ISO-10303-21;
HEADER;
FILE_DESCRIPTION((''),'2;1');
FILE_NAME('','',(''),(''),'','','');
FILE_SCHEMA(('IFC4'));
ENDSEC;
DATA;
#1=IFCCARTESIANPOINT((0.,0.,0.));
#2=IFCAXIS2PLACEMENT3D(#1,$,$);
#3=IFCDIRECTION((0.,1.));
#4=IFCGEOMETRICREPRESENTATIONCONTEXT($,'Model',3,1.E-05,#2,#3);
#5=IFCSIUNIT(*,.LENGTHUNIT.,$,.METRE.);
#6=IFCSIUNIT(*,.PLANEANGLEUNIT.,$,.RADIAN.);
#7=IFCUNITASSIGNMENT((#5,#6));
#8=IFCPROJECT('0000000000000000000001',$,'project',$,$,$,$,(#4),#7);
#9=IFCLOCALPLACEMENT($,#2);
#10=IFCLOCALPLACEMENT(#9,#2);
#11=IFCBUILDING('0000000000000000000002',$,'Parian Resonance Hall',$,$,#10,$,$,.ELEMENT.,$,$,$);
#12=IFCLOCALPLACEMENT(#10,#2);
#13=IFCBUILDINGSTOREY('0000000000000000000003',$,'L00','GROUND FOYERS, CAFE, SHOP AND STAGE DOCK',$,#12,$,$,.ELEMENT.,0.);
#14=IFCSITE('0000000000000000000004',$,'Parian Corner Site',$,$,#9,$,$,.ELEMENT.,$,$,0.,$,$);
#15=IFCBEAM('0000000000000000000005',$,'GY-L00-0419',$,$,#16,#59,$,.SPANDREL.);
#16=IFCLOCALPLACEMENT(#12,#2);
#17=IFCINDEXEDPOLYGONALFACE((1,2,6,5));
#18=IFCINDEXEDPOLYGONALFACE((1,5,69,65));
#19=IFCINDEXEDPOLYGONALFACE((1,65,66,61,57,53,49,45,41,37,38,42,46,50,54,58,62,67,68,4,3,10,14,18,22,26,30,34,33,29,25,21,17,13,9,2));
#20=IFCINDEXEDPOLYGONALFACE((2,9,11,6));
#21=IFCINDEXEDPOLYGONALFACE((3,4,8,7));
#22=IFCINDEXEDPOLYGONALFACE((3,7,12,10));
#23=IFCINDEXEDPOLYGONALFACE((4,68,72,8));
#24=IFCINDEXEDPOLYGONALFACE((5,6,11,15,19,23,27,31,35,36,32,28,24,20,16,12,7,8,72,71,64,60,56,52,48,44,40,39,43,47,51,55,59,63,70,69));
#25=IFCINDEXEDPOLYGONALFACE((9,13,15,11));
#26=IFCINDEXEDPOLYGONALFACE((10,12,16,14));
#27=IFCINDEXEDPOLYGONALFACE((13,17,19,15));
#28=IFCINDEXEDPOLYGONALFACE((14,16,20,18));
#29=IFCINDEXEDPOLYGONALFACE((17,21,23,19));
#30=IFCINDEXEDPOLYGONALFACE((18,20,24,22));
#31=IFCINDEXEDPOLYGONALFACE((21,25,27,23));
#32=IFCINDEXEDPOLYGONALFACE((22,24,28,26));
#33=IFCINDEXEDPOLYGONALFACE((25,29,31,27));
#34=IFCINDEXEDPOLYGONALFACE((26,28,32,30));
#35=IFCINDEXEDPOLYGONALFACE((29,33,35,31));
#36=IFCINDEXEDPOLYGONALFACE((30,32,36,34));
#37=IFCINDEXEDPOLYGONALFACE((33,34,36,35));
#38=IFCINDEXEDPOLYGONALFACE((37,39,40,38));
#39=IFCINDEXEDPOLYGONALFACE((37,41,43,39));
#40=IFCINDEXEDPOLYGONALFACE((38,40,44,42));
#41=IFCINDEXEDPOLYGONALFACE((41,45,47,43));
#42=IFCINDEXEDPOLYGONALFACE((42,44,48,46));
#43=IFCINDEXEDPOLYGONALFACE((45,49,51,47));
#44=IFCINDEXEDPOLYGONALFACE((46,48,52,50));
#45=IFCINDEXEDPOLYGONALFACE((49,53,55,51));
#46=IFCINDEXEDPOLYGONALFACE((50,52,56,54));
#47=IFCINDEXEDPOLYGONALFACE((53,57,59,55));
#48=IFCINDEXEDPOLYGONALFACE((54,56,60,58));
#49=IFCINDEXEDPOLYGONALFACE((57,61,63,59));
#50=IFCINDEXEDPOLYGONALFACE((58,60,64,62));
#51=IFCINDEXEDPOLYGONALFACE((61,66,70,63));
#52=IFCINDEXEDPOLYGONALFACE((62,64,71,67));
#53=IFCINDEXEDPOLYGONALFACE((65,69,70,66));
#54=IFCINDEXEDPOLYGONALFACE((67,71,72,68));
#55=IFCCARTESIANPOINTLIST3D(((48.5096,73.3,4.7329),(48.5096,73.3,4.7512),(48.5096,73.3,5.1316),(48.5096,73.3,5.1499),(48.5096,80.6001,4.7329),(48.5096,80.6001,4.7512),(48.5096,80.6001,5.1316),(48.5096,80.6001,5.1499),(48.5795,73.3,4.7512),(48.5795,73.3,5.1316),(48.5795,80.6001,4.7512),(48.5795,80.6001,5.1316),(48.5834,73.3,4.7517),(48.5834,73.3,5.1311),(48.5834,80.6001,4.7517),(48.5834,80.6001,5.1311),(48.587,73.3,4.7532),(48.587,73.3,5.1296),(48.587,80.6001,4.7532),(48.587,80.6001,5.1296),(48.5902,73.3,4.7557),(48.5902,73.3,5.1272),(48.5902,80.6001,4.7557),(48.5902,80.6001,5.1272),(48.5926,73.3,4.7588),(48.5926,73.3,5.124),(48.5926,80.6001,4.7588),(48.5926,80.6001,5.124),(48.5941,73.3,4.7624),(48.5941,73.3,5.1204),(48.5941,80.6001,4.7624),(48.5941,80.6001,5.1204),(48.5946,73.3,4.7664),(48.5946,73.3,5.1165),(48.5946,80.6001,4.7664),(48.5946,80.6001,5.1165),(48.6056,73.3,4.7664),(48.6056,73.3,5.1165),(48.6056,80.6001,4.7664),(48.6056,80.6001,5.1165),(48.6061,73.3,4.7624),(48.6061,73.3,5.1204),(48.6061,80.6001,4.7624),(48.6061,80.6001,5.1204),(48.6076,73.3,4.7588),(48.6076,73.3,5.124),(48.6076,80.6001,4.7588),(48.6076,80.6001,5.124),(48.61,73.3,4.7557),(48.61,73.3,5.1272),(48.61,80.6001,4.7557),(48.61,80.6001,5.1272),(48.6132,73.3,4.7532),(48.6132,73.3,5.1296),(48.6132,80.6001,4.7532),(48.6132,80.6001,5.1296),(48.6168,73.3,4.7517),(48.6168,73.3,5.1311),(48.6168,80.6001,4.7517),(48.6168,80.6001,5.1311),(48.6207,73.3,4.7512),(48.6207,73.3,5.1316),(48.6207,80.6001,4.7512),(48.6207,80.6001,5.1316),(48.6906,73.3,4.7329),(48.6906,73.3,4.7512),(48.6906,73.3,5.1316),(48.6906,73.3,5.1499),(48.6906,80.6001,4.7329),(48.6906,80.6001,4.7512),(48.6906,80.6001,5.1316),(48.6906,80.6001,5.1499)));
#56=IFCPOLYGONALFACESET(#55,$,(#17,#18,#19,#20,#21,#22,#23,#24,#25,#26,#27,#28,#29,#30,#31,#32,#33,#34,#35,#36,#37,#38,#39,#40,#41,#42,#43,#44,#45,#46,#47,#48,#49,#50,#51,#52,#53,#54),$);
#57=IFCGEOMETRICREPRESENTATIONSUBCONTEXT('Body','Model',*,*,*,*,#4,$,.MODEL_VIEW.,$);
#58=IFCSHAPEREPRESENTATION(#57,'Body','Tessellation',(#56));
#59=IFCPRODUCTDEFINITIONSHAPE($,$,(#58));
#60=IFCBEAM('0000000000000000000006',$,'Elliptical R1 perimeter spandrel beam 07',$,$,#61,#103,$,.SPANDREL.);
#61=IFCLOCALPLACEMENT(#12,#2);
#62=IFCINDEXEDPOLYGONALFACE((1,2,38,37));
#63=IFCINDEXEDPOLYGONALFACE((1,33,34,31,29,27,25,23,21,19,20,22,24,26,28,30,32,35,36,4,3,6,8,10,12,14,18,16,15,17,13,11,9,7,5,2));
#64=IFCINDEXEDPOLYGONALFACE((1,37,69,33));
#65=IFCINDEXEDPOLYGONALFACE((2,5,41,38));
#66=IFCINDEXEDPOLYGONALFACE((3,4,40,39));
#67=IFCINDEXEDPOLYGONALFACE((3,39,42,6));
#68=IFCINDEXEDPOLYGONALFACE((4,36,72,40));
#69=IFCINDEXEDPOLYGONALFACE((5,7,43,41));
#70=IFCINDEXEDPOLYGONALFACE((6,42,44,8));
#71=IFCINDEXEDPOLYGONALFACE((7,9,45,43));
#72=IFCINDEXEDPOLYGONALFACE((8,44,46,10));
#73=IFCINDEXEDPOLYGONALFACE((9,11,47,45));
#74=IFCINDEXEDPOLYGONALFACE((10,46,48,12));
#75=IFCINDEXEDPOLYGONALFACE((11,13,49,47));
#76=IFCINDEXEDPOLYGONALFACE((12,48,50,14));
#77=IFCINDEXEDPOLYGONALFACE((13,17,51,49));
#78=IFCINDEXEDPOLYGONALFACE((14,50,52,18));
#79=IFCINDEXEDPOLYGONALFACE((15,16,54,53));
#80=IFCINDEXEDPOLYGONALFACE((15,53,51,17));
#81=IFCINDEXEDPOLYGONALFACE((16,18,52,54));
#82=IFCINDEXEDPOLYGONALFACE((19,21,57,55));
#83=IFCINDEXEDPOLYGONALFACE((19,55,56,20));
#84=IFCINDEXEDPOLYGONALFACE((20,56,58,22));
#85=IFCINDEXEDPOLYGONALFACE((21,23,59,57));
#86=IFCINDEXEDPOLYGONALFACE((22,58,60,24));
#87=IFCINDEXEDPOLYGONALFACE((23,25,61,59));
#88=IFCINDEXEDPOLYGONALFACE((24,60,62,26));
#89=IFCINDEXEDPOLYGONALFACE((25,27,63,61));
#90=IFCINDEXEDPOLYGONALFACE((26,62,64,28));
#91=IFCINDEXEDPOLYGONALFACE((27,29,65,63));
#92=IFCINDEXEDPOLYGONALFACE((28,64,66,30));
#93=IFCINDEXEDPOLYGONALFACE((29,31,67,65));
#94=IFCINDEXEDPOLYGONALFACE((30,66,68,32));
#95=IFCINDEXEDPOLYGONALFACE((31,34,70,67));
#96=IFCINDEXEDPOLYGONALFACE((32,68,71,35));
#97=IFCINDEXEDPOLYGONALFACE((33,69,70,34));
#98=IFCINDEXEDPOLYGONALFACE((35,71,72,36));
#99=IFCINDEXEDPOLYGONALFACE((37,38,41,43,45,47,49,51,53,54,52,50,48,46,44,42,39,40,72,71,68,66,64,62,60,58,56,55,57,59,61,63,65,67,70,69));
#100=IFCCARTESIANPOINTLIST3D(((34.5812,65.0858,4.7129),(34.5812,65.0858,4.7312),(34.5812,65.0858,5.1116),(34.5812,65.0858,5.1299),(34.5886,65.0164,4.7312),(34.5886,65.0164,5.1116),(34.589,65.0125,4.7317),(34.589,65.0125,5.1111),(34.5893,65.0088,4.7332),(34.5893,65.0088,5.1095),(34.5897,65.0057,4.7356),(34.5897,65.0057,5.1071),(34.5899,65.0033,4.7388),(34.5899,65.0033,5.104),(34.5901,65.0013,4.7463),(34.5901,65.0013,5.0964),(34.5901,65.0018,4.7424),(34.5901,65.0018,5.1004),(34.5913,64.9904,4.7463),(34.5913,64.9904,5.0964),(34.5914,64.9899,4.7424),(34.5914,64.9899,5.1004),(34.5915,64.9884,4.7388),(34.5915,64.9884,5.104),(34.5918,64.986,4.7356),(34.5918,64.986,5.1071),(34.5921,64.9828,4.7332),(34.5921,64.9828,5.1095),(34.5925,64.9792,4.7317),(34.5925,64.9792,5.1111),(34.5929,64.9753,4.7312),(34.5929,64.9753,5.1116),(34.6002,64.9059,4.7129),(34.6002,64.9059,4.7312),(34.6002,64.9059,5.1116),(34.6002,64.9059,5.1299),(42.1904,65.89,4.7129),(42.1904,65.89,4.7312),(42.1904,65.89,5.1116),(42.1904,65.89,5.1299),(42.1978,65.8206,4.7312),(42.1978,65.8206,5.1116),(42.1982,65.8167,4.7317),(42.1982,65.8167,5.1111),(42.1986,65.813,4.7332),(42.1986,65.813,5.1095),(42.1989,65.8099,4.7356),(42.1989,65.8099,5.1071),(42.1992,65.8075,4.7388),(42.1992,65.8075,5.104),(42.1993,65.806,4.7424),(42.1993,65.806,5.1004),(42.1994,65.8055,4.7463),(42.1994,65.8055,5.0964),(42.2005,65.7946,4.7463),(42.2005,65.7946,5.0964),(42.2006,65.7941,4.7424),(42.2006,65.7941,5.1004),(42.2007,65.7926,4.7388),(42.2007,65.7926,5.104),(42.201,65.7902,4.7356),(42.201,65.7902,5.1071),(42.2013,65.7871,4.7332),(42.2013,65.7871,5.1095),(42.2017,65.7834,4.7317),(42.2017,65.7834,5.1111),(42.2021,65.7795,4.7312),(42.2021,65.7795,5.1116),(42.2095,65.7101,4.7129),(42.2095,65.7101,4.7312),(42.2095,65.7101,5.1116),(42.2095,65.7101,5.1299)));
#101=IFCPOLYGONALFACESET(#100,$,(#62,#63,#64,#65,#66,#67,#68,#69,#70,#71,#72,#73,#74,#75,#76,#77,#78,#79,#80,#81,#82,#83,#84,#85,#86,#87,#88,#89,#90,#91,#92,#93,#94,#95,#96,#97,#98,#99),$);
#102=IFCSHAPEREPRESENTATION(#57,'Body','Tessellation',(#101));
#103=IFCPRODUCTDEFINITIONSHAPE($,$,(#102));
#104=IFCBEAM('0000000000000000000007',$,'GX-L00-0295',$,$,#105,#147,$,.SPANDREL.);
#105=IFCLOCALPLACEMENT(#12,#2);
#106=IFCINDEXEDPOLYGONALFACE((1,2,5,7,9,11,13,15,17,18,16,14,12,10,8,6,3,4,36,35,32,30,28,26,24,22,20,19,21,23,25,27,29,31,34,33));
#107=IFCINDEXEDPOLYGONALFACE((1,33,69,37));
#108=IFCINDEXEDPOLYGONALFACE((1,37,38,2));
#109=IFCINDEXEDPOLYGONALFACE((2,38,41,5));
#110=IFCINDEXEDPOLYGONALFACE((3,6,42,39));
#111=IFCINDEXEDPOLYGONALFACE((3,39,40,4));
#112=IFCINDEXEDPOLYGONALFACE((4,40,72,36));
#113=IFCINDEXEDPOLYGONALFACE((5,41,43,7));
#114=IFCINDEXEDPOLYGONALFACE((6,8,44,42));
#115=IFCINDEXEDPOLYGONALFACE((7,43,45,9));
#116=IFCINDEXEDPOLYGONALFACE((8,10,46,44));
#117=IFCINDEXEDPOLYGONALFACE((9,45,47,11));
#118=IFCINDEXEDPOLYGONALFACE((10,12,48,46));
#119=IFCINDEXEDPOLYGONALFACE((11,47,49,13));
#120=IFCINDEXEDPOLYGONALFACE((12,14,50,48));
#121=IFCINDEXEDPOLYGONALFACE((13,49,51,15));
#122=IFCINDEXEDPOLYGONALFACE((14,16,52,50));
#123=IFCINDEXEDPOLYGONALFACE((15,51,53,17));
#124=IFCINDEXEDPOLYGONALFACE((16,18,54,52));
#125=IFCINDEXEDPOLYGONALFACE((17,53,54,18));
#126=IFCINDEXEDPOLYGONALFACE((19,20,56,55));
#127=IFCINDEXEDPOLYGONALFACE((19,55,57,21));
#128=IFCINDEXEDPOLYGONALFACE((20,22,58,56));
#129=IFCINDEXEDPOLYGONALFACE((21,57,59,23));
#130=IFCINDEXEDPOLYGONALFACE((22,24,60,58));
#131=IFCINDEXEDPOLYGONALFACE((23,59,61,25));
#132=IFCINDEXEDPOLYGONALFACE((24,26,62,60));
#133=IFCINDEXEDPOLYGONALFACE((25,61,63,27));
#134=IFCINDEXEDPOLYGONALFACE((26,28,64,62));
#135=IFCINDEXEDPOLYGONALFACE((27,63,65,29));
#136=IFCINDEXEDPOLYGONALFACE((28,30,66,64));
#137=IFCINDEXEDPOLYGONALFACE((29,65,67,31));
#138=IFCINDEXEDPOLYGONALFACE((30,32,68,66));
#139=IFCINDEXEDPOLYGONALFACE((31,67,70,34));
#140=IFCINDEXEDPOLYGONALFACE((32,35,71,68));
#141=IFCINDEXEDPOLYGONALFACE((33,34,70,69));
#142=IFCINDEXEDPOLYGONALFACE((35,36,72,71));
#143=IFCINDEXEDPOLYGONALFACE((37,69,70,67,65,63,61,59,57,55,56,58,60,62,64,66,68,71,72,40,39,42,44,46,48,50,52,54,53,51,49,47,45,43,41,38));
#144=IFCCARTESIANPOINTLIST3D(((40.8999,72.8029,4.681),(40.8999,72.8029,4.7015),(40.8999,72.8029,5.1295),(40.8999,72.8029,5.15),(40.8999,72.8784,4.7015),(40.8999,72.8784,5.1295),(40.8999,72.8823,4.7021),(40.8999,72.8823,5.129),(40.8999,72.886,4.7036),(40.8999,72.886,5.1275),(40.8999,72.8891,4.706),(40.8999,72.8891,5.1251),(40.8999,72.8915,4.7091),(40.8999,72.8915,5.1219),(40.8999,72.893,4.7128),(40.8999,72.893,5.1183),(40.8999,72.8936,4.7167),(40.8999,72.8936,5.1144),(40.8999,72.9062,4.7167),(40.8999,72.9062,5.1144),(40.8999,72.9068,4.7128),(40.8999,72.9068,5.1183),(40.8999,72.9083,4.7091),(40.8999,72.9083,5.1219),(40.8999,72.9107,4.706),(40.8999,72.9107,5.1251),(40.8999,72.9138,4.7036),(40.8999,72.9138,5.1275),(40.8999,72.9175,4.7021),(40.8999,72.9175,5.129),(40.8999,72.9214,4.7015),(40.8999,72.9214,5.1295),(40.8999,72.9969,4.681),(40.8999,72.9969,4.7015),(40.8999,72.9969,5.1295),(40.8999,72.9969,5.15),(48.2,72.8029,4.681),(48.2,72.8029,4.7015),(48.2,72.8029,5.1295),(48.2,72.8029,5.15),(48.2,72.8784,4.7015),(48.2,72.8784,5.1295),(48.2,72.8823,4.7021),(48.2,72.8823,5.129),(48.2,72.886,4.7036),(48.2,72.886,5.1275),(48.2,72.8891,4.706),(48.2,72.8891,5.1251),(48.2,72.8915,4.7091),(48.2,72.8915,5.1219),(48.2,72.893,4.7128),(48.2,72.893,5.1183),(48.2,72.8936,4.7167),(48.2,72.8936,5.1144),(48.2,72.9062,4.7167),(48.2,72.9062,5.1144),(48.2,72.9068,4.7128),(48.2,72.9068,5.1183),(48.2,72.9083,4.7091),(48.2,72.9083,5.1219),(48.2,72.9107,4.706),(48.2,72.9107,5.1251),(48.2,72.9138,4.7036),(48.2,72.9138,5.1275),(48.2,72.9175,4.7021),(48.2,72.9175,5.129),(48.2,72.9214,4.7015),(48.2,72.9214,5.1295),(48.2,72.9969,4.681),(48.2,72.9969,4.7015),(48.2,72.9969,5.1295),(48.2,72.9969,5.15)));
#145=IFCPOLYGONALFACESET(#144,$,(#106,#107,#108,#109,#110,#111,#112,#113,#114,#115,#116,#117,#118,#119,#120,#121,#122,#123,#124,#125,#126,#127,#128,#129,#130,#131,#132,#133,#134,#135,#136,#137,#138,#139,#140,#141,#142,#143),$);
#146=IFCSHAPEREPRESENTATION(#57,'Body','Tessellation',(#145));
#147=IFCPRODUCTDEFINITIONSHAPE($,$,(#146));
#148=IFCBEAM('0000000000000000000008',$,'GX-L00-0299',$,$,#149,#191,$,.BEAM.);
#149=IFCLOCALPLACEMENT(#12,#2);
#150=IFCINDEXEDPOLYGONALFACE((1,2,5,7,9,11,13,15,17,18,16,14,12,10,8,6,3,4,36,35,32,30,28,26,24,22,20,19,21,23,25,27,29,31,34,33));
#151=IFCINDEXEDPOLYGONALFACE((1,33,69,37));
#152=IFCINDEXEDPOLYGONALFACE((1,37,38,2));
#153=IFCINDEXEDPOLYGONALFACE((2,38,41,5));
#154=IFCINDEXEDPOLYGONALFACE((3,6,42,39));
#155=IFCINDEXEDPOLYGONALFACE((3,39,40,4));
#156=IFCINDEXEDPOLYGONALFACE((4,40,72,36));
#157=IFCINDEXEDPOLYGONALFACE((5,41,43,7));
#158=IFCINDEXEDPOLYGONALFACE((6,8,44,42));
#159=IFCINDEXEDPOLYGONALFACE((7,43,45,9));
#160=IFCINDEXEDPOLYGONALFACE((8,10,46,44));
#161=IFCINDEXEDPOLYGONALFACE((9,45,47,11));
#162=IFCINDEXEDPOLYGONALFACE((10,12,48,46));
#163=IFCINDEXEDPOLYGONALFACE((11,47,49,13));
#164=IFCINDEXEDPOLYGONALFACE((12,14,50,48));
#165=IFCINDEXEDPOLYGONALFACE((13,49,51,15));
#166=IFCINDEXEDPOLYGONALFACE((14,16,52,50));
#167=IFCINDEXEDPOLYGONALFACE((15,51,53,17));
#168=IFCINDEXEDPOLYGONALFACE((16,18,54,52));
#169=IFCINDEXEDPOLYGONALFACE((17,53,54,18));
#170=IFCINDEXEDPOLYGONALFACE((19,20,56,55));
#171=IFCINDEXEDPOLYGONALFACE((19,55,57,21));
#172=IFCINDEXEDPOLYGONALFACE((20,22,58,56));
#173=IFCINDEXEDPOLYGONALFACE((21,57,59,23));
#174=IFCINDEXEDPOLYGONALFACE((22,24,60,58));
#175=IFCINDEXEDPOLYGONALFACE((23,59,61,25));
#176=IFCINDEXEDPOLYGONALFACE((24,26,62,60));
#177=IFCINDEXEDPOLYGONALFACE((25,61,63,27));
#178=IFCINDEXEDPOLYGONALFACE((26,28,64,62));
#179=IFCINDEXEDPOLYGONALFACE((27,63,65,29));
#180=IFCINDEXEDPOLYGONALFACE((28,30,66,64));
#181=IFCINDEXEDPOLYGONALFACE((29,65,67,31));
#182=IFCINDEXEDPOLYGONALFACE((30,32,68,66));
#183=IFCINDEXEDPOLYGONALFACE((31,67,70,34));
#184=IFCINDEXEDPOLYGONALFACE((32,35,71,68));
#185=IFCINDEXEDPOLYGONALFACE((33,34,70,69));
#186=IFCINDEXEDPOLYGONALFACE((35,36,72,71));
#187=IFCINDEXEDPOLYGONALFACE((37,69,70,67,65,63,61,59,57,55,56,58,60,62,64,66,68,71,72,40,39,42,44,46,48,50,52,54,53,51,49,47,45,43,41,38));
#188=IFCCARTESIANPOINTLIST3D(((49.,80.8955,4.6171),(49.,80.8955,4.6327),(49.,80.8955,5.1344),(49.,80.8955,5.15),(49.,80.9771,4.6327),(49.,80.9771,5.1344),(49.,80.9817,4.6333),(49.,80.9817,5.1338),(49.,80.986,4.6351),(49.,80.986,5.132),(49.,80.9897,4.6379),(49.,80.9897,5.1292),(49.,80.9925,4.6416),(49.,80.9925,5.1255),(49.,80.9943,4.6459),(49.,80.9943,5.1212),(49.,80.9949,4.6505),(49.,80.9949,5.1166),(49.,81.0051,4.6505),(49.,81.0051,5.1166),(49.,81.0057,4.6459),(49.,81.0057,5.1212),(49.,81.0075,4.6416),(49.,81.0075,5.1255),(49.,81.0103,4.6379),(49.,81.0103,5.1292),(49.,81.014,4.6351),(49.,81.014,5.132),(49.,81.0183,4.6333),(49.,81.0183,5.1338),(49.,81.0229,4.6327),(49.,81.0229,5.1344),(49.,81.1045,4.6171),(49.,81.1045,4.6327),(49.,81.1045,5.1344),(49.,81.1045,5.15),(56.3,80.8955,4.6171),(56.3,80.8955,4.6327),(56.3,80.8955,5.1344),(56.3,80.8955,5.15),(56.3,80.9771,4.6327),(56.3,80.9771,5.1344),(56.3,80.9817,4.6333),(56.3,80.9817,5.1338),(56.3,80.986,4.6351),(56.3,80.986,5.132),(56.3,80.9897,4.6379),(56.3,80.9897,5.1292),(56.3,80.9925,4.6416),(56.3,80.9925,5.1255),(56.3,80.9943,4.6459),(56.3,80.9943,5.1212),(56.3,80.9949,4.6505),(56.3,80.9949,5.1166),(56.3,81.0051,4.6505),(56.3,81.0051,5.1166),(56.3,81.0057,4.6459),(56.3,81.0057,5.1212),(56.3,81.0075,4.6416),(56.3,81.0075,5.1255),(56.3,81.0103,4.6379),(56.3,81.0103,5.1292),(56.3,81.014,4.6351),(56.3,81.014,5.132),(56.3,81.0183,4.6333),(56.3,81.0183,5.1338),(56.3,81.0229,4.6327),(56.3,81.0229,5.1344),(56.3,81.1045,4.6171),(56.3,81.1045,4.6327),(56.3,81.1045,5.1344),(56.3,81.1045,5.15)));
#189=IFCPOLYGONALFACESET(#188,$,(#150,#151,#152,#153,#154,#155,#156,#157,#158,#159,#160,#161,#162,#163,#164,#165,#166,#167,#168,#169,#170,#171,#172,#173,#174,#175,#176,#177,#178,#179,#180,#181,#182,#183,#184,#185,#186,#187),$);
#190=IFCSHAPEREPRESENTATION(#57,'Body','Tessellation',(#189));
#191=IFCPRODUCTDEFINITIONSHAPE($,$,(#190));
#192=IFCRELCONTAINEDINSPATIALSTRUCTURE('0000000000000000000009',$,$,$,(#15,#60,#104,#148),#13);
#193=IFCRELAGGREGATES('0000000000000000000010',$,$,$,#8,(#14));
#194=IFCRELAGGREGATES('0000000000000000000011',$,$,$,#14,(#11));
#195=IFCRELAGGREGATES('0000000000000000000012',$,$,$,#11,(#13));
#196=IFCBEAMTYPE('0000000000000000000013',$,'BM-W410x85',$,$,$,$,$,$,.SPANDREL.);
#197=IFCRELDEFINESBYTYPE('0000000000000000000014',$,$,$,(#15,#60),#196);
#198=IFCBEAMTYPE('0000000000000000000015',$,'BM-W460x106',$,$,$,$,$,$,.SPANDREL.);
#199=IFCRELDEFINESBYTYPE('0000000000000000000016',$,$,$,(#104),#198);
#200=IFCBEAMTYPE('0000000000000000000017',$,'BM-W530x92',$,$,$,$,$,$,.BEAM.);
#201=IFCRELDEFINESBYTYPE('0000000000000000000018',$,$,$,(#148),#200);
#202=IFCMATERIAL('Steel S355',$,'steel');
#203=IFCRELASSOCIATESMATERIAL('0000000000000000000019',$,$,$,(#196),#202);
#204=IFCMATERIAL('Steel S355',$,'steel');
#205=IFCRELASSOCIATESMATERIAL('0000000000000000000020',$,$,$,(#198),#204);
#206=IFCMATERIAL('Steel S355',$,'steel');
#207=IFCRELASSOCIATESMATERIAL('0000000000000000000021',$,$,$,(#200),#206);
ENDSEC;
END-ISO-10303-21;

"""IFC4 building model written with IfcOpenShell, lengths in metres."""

from ifc_helpers import new_model, si_unit, direction, frame, origin, origin_2d, place, context, subcontext, project, spatial, i_section, extrude, material, material_profile, profile_set, type_object, element, save


model = new_model("IFC4")

# Units and contexts
model_context = context("Model", 3, precision=1e-05, world=origin(), true_north=direction((0.0, 1.0)))
body_context = subcontext(model_context, "Body", "Model", "MODEL_VIEW")
ifc_project = project(units=[si_unit("LENGTHUNIT", "METRE"), si_unit("PLANEANGLEUNIT", "RADIAN")], contexts=[model_context])

# Site, building, storey
site_placement = place(None, origin())
site = spatial("IfcSite", under=ifc_project, at=site_placement, Name="Parian Corner Site", CompositionType="ELEMENT", RefElevation=0.0)
building_placement = place(site_placement, origin())
building = spatial("IfcBuilding", under=site, at=building_placement, Name="Parian Resonance Hall", CompositionType="ELEMENT")
storey_placement = place(building_placement, origin())
storey = spatial("IfcBuildingStorey", under=building, at=storey_placement, Name="L00", Description="GROUND FOYERS, CAFE, SHOP AND STAGE DOCK", CompositionType="ELEMENT", Elevation=0.0)

# Beams
ifc_material_1 = material(Name="Steel S355", Category="steel")
ifc_material_profile_1 = material_profile(ifc_material_1, i_section(OverallWidth=0.1809, OverallDepth=0.417, WebThickness=0.011, FlangeThickness=0.0183, FilletRadius=0.0151, at=origin_2d()), Name="W410x85")
ifc_profile_set_1 = profile_set([ifc_material_profile_1], Name="Steel S355")
beam_type_1 = type_object("IfcBeamType", Name="BM-W410x85", PredefinedType="SPANDREL", material=ifc_profile_set_1)
for number, where, z_axis, x_axis, name in (
    (1, (48.6001, 73.3, 4.9414), (0.0, 1.0, 0.0), (-1.0, 0.0, 0.0), "GY-L00-0419"),
):
    element("IfcBeam", number, at=place(storey_placement, frame(where, z_axis=z_axis, x_axis=x_axis)), inside=storey, type_object=beam_type_1, Name=name, PredefinedType="SPANDREL", context=body_context, shape_type="SweptSolid", body=[
        extrude(i_section(OverallWidth=0.1809, OverallDepth=0.417, WebThickness=0.011, FlangeThickness=0.0183, FilletRadius=0.0151, at=origin_2d()), origin(), (0.0, 0.0, 1.0), 7.3),
    ])
beam_1_placement = place(storey_placement, frame((42.2, 65.8, 4.9214), z_axis=(-0.994461, -0.105103, 0.0), x_axis=(0.105103, -0.994461, 0.0)))
element("IfcBeam", 2, at=beam_1_placement, inside=storey, type_object=beam_type_1, Name="Elliptical R1 perimeter spandrel beam 07", PredefinedType="SPANDREL", context=body_context, shape_type="SweptSolid", body=[
    extrude(i_section(OverallWidth=0.1809, OverallDepth=0.417, WebThickness=0.011, FlangeThickness=0.0183, FilletRadius=0.0151, at=origin_2d()), origin(), (0.0, 0.0, 1.0), 7.6516),
])
ifc_material_2 = material(Name="Steel S355", Category="steel")
ifc_material_profile_2 = material_profile(ifc_material_2, i_section(OverallWidth=0.1941, OverallDepth=0.469, WebThickness=0.0127, FlangeThickness=0.0205, FilletRadius=0.0151, at=origin_2d()), Name="W460x106")
ifc_profile_set_2 = profile_set([ifc_material_profile_2], Name="Steel S355")
beam_type_2 = type_object("IfcBeamType", Name="BM-W460x106", PredefinedType="SPANDREL", material=ifc_profile_set_2)
beam_2_placement = place(storey_placement, frame((40.8999, 72.8999, 4.9155), z_axis=(1.0, 0.0, 0.0), x_axis=(0.0, 1.0, 0.0)))
element("IfcBeam", 3, at=beam_2_placement, inside=storey, type_object=beam_type_2, Name="GX-L00-0295", PredefinedType="SPANDREL", context=body_context, shape_type="SweptSolid", body=[
    extrude(i_section(OverallWidth=0.1941, OverallDepth=0.469, WebThickness=0.0127, FlangeThickness=0.0205, FilletRadius=0.0151, at=origin_2d()), origin(), (0.0, 0.0, 1.0), 7.3),
])
ifc_material_3 = material(Name="Steel S355", Category="steel")
ifc_material_profile_3 = material_profile(ifc_material_3, i_section(OverallWidth=0.209, OverallDepth=0.533, WebThickness=0.0103, FlangeThickness=0.0156, FilletRadius=0.0178, at=origin_2d()), Name="W530x92")
ifc_profile_set_3 = profile_set([ifc_material_profile_3], Name="Steel S355")
beam_type_3 = type_object("IfcBeamType", Name="BM-W530x92", PredefinedType="BEAM", material=ifc_profile_set_3)
beam_3_placement = place(storey_placement, frame((49.0, 81.0, 4.8835), z_axis=(1.0, 0.0, 0.0), x_axis=(0.0, 1.0, 0.0)))
element("IfcBeam", 4, at=beam_3_placement, inside=storey, type_object=beam_type_3, Name="GX-L00-0299", PredefinedType="BEAM", context=body_context, shape_type="SweptSolid", body=[
    extrude(i_section(OverallWidth=0.209, OverallDepth=0.533, WebThickness=0.0103, FlangeThickness=0.0156, FilletRadius=0.0178, at=origin_2d()), origin(), (0.0, 0.0, 1.0), 7.3),
])

save(model, "model.ifc")
